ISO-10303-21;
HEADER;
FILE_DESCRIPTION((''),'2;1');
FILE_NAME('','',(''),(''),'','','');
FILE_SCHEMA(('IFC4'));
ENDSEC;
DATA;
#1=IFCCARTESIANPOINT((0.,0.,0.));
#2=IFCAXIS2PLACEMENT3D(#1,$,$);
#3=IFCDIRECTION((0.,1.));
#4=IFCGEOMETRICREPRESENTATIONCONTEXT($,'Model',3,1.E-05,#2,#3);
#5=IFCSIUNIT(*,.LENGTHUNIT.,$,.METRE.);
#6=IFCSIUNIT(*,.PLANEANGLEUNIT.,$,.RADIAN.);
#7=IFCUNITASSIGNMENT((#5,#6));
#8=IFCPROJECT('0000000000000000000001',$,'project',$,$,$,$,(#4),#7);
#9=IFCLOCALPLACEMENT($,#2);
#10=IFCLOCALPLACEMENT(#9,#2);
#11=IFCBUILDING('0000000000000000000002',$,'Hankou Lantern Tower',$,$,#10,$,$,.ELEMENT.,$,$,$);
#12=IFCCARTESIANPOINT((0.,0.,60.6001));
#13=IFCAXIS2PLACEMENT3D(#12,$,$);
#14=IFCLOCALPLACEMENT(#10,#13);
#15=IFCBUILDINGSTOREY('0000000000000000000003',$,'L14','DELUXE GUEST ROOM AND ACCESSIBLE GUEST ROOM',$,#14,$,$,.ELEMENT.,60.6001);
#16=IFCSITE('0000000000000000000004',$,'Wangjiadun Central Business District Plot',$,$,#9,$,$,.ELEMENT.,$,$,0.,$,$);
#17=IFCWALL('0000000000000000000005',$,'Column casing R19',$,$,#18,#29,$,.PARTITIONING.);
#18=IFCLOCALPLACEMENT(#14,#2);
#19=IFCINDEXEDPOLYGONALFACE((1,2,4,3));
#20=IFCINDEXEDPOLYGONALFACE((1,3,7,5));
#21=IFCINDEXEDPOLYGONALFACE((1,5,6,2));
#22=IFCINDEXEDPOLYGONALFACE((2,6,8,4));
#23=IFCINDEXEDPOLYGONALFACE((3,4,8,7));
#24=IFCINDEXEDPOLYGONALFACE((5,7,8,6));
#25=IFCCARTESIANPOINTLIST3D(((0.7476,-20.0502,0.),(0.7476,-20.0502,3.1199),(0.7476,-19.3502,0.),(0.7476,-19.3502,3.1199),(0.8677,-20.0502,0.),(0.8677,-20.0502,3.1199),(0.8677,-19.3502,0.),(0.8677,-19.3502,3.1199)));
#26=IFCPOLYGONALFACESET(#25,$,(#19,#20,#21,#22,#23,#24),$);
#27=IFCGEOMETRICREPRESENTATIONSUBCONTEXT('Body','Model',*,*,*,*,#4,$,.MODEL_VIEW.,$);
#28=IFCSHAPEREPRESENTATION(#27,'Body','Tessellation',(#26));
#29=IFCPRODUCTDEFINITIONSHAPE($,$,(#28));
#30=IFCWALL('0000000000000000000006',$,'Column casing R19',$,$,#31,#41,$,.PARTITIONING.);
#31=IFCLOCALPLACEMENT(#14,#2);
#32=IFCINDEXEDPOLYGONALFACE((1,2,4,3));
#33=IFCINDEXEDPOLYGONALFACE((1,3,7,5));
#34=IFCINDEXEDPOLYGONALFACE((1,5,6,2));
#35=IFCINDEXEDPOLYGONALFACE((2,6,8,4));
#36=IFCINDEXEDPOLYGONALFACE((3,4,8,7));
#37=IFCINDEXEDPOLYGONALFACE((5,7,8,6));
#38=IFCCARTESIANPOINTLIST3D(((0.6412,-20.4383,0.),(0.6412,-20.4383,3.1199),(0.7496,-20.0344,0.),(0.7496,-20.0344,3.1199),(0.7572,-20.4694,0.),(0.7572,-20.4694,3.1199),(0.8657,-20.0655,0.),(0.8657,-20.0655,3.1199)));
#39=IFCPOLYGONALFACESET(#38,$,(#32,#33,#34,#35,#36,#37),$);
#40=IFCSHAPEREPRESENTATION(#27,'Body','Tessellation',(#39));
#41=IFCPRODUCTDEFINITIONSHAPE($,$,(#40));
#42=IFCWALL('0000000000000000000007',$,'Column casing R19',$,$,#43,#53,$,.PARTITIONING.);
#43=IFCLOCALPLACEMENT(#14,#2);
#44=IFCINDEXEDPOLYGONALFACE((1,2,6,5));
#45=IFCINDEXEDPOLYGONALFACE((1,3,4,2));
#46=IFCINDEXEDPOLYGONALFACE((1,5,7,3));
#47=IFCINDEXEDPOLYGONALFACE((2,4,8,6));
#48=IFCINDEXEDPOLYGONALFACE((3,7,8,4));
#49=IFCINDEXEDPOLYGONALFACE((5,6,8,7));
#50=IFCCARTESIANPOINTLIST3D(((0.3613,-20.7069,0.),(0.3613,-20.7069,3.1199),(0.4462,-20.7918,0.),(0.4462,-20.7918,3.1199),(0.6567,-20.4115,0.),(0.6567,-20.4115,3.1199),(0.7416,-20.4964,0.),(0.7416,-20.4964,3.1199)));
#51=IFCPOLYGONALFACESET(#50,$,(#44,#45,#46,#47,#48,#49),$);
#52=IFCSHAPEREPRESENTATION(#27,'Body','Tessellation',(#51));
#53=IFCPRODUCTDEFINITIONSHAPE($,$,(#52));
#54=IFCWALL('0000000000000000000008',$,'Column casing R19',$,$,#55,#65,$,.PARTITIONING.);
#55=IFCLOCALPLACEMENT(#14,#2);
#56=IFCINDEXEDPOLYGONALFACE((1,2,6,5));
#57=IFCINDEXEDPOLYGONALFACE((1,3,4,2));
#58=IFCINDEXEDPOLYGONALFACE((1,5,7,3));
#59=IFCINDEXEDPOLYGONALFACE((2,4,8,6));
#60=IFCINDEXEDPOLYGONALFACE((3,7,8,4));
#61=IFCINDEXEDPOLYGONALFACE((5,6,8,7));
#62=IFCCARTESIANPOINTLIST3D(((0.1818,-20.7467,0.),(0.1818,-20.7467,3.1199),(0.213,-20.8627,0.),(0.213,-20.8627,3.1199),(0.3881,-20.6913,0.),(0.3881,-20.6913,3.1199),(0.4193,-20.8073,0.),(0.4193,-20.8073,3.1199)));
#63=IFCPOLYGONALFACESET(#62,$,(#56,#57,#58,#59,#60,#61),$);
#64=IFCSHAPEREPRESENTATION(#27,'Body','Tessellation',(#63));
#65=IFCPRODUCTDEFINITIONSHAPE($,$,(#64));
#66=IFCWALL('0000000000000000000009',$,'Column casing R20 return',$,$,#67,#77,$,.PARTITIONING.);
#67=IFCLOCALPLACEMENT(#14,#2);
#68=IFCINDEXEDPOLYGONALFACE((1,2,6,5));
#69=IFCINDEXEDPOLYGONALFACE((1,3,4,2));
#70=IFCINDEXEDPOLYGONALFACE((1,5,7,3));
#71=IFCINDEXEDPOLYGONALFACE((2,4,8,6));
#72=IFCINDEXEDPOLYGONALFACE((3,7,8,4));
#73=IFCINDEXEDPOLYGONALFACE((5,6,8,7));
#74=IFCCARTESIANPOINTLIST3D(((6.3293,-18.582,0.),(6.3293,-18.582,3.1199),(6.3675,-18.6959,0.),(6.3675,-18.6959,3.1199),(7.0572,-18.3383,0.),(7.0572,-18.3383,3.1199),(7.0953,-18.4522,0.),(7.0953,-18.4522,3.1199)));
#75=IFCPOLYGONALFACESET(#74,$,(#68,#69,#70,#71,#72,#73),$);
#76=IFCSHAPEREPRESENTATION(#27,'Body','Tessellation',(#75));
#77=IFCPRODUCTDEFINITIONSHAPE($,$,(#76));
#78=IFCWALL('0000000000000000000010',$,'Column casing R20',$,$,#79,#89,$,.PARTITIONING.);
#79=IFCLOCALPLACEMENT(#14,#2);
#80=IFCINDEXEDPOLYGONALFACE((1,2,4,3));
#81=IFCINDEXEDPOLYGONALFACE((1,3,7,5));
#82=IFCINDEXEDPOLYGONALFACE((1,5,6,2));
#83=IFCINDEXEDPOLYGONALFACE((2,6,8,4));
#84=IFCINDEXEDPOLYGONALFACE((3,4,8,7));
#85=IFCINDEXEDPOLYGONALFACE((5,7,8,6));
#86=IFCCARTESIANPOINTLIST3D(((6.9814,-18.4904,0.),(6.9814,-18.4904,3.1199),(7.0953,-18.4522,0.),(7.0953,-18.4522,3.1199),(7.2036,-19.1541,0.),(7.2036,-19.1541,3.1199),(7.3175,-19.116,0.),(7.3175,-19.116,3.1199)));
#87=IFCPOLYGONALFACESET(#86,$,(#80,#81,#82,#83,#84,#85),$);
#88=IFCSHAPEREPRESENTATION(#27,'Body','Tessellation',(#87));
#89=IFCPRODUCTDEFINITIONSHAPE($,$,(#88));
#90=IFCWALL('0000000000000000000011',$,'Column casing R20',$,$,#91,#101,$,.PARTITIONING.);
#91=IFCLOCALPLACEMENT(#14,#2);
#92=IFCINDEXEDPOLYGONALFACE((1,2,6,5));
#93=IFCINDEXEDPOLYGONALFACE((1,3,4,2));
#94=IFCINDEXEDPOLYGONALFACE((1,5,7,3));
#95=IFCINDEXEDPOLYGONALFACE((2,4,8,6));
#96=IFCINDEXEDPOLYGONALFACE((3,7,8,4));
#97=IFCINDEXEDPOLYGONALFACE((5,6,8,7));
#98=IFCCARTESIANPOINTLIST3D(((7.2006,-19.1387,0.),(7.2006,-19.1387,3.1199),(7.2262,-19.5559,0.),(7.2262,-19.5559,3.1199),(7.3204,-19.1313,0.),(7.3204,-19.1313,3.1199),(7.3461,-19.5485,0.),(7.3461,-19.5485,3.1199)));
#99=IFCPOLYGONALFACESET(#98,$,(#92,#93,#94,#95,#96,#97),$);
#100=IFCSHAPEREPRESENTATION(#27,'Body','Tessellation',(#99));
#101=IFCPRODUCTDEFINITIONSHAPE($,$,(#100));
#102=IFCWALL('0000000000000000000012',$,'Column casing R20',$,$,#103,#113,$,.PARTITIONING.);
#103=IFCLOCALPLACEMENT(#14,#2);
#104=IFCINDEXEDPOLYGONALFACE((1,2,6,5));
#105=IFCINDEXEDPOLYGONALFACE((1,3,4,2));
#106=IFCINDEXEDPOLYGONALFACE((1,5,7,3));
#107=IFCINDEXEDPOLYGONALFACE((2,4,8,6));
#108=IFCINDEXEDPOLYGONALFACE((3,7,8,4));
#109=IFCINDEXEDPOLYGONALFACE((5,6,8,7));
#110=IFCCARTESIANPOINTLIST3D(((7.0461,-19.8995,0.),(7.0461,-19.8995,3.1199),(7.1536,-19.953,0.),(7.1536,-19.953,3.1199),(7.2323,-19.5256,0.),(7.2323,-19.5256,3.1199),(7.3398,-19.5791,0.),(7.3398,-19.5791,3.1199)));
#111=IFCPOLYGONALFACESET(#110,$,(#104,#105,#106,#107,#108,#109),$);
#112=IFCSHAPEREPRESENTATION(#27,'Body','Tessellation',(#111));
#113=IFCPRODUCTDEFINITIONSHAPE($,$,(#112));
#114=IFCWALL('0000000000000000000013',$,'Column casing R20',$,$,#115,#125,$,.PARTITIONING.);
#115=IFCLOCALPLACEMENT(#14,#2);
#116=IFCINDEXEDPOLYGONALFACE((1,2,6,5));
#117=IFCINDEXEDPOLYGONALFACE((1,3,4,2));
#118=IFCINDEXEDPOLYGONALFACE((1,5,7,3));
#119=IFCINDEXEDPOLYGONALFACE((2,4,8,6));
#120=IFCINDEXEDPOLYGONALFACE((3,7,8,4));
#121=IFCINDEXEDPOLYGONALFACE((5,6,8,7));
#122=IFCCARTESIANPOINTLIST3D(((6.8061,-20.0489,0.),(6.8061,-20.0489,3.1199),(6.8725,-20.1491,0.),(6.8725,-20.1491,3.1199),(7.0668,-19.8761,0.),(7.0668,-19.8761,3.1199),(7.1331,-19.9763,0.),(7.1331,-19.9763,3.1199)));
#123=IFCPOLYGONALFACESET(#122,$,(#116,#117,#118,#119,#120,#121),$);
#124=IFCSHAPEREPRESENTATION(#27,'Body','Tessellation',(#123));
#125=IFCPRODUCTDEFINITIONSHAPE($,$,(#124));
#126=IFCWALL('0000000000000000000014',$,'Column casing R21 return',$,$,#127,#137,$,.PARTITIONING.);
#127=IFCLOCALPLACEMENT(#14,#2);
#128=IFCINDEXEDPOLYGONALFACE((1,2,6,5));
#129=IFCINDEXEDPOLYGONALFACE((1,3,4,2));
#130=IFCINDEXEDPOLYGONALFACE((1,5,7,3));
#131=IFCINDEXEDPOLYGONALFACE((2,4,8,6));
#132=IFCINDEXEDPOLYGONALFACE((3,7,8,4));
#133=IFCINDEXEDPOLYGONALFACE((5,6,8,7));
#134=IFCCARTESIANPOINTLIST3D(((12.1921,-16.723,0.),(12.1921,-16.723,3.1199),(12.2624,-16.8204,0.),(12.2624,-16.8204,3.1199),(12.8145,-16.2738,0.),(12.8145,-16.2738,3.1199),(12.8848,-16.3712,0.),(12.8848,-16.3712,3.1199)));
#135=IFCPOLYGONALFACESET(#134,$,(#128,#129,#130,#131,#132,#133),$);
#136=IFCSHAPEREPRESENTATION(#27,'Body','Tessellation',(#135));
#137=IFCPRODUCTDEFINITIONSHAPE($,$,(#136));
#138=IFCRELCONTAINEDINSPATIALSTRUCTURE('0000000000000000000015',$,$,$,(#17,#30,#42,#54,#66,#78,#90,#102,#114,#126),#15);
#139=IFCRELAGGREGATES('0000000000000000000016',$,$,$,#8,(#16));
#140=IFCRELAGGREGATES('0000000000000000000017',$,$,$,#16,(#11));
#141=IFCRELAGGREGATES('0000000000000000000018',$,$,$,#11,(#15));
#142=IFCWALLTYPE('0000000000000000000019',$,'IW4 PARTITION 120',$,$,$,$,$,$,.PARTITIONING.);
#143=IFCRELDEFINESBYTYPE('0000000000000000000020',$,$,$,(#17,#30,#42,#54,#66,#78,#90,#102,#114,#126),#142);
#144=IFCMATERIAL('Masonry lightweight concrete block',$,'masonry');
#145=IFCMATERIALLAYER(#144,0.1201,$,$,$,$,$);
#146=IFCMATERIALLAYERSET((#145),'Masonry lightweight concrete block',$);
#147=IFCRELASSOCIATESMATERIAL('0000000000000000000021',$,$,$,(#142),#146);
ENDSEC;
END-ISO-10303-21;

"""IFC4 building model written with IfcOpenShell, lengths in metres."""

from ifc_helpers import new_model, si_unit, direction, frame, frame_2d, origin, place, context, subcontext, project, spatial, rectangle, extrude, material, layer, layer_set, type_object, element, save


model = new_model("IFC4")

# Units and contexts
model_context = context("Model", 3, precision=1e-05, world=origin(), true_north=direction((0.0, 1.0)))
body_context = subcontext(model_context, "Body", "Model", "MODEL_VIEW")
ifc_project = project(units=[si_unit("LENGTHUNIT", "METRE"), si_unit("PLANEANGLEUNIT", "RADIAN")], contexts=[model_context])

# Site, building, storey
site_placement = place(None, origin())
site = spatial("IfcSite", under=ifc_project, at=site_placement, Name="Wangjiadun Central Business District Plot", CompositionType="ELEMENT", RefElevation=0.0)
building_placement = place(site_placement, origin())
building = spatial("IfcBuilding", under=site, at=building_placement, Name="Hankou Lantern Tower", CompositionType="ELEMENT")
storey_placement = place(building_placement, frame((0.0, 0.0, 60.6001)))
storey = spatial("IfcBuildingStorey", under=building, at=storey_placement, Name="L14", Description="DELUXE GUEST ROOM AND ACCESSIBLE GUEST ROOM", CompositionType="ELEMENT", Elevation=60.6001)

# Walls
ifc_material_1 = material(Name="Masonry lightweight concrete block", Category="masonry")
ifc_layer_1 = layer(ifc_material_1, 0.1201)
ifc_layer_set_1 = layer_set([ifc_layer_1], Name="Masonry lightweight concrete block")
wall_type_1 = type_object("IfcWallType", Name="IW4 PARTITION 120", PredefinedType="PARTITIONING", material=ifc_layer_set_1)
wall_1_placement = place(storey_placement, frame((0.8076, -19.3501, 0.0), z_axis=(0.0, 0.0, 1.0), x_axis=(0.0, -1.0, 0.0)))
element("IfcWall", 1, at=wall_1_placement, inside=storey, type_object=wall_type_1, Name="Column casing R19", PredefinedType="PARTITIONING", context=body_context, shape_type="SweptSolid", body=[
    extrude(rectangle(XDim=0.7, YDim=0.1201, at=frame_2d((0.3501, 0.0))), origin(), (0.0, 0.0, 1.0), 3.1199),
])
wall_2_placement = place(storey_placement, frame((0.8076, -20.05, 0.0), z_axis=(0.0, 0.0, 1.0), x_axis=(-0.259261, -0.965807, 0.0)))
element("IfcWall", 2, at=wall_2_placement, inside=storey, type_object=wall_type_1, Name="Column casing R19", PredefinedType="PARTITIONING", context=body_context, shape_type="SweptSolid", body=[
    extrude(rectangle(XDim=0.4182, YDim=0.1201, at=frame_2d((0.209, 0.0))), origin(), (0.0, 0.0, 1.0), 3.1199),
])
wall_3_placement = place(storey_placement, frame((0.6992, -20.4539, 0.0), z_axis=(0.0, 0.0, 1.0), x_axis=(-0.707107, -0.707107, 0.0)))
element("IfcWall", 3, at=wall_3_placement, inside=storey, type_object=wall_type_1, Name="Column casing R19", PredefinedType="PARTITIONING", context=body_context, shape_type="SweptSolid", body=[
    extrude(rectangle(XDim=0.4177, YDim=0.1201, at=frame_2d((0.209, 0.0))), origin(), (0.0, 0.0, 1.0), 3.1199),
])
wall_4_placement = place(storey_placement, frame((0.4038, -20.7493, 0.0), z_axis=(0.0, 0.0, 1.0), x_axis=(-0.965759, -0.259441, 0.0)))
element("IfcWall", 4, at=wall_4_placement, inside=storey, type_object=wall_type_1, Name="Column casing R19", PredefinedType="PARTITIONING", context=body_context, shape_type="SweptSolid", body=[
    extrude(rectangle(XDim=0.2136, YDim=0.1201, at=frame_2d((0.1069, 0.0))), origin(), (0.0, 0.0, 1.0), 3.1199),
])
wall_5_placement = place(storey_placement, frame((6.3484, -18.6389, 0.0), z_axis=(0.0, 0.0, 1.0), x_axis=(0.948269, 0.317468, 0.0)))
element("IfcWall", 5, at=wall_5_placement, inside=storey, type_object=wall_type_1, Name="Column casing R20 return", PredefinedType="PARTITIONING", context=body_context, shape_type="SweptSolid", body=[
    extrude(rectangle(XDim=0.7676, YDim=0.1201, at=frame_2d((0.3838, 0.0))), origin(), (0.0, 0.0, 1.0), 3.1199),
])
wall_6_placement = place(storey_placement, frame((7.0383, -18.4712, 0.0), z_axis=(0.0, 0.0, 1.0), x_axis=(0.317378, -0.948299, 0.0)))
element("IfcWall", 6, at=wall_6_placement, inside=storey, type_object=wall_type_1, Name="Column casing R20", PredefinedType="PARTITIONING", context=body_context, shape_type="SweptSolid", body=[
    extrude(rectangle(XDim=0.7, YDim=0.1201, at=frame_2d((0.3501, 0.0))), origin(), (0.0, 0.0, 1.0), 3.1199),
])
wall_7_placement = place(storey_placement, frame((7.2605, -19.135, 0.0), z_axis=(0.0, 0.0, 1.0), x_axis=(0.061324, -0.998118, 0.0)))
element("IfcWall", 7, at=wall_7_placement, inside=storey, type_object=wall_type_1, Name="Column casing R20", PredefinedType="PARTITIONING", context=body_context, shape_type="SweptSolid", body=[
    extrude(rectangle(XDim=0.418, YDim=0.1201, at=frame_2d((0.209, 0.0))), origin(), (0.0, 0.0, 1.0), 3.1199),
])
wall_8_placement = place(storey_placement, frame((7.2861, -19.5522, 0.0), z_axis=(0.0, 0.0, 1.0), x_axis=(-0.445811, -0.895127, 0.0)))
element("IfcWall", 8, at=wall_8_placement, inside=storey, type_object=wall_type_1, Name="Column casing R20", PredefinedType="PARTITIONING", context=body_context, shape_type="SweptSolid", body=[
    extrude(rectangle(XDim=0.4177, YDim=0.1201, at=frame_2d((0.209, 0.0))), origin(), (0.0, 0.0, 1.0), 3.1199),
])
wall_9_placement = place(storey_placement, frame((7.0999, -19.9263, 0.0), z_axis=(0.0, 0.0, 1.0), x_axis=(-0.833488, -0.552537, 0.0)))
element("IfcWall", 9, at=wall_9_placement, inside=storey, type_object=wall_type_1, Name="Column casing R20", PredefinedType="PARTITIONING", context=body_context, shape_type="SweptSolid", body=[
    extrude(rectangle(XDim=0.3127, YDim=0.1201, at=frame_2d((0.1562, 0.0))), origin(), (0.0, 0.0, 1.0), 3.1199),
])
wall_10_placement = place(storey_placement, frame((12.2273, -16.7717, 0.0), z_axis=(0.0, 0.0, 1.0), x_axis=(0.810822, 0.585293, 0.0)))
element("IfcWall", 10, at=wall_10_placement, inside=storey, type_object=wall_type_1, Name="Column casing R21 return", PredefinedType="PARTITIONING", context=body_context, shape_type="SweptSolid", body=[
    extrude(rectangle(XDim=0.7676, YDim=0.1201, at=frame_2d((0.3838, 0.0))), origin(), (0.0, 0.0, 1.0), 3.1199),
])

save(model, "model.ifc")
